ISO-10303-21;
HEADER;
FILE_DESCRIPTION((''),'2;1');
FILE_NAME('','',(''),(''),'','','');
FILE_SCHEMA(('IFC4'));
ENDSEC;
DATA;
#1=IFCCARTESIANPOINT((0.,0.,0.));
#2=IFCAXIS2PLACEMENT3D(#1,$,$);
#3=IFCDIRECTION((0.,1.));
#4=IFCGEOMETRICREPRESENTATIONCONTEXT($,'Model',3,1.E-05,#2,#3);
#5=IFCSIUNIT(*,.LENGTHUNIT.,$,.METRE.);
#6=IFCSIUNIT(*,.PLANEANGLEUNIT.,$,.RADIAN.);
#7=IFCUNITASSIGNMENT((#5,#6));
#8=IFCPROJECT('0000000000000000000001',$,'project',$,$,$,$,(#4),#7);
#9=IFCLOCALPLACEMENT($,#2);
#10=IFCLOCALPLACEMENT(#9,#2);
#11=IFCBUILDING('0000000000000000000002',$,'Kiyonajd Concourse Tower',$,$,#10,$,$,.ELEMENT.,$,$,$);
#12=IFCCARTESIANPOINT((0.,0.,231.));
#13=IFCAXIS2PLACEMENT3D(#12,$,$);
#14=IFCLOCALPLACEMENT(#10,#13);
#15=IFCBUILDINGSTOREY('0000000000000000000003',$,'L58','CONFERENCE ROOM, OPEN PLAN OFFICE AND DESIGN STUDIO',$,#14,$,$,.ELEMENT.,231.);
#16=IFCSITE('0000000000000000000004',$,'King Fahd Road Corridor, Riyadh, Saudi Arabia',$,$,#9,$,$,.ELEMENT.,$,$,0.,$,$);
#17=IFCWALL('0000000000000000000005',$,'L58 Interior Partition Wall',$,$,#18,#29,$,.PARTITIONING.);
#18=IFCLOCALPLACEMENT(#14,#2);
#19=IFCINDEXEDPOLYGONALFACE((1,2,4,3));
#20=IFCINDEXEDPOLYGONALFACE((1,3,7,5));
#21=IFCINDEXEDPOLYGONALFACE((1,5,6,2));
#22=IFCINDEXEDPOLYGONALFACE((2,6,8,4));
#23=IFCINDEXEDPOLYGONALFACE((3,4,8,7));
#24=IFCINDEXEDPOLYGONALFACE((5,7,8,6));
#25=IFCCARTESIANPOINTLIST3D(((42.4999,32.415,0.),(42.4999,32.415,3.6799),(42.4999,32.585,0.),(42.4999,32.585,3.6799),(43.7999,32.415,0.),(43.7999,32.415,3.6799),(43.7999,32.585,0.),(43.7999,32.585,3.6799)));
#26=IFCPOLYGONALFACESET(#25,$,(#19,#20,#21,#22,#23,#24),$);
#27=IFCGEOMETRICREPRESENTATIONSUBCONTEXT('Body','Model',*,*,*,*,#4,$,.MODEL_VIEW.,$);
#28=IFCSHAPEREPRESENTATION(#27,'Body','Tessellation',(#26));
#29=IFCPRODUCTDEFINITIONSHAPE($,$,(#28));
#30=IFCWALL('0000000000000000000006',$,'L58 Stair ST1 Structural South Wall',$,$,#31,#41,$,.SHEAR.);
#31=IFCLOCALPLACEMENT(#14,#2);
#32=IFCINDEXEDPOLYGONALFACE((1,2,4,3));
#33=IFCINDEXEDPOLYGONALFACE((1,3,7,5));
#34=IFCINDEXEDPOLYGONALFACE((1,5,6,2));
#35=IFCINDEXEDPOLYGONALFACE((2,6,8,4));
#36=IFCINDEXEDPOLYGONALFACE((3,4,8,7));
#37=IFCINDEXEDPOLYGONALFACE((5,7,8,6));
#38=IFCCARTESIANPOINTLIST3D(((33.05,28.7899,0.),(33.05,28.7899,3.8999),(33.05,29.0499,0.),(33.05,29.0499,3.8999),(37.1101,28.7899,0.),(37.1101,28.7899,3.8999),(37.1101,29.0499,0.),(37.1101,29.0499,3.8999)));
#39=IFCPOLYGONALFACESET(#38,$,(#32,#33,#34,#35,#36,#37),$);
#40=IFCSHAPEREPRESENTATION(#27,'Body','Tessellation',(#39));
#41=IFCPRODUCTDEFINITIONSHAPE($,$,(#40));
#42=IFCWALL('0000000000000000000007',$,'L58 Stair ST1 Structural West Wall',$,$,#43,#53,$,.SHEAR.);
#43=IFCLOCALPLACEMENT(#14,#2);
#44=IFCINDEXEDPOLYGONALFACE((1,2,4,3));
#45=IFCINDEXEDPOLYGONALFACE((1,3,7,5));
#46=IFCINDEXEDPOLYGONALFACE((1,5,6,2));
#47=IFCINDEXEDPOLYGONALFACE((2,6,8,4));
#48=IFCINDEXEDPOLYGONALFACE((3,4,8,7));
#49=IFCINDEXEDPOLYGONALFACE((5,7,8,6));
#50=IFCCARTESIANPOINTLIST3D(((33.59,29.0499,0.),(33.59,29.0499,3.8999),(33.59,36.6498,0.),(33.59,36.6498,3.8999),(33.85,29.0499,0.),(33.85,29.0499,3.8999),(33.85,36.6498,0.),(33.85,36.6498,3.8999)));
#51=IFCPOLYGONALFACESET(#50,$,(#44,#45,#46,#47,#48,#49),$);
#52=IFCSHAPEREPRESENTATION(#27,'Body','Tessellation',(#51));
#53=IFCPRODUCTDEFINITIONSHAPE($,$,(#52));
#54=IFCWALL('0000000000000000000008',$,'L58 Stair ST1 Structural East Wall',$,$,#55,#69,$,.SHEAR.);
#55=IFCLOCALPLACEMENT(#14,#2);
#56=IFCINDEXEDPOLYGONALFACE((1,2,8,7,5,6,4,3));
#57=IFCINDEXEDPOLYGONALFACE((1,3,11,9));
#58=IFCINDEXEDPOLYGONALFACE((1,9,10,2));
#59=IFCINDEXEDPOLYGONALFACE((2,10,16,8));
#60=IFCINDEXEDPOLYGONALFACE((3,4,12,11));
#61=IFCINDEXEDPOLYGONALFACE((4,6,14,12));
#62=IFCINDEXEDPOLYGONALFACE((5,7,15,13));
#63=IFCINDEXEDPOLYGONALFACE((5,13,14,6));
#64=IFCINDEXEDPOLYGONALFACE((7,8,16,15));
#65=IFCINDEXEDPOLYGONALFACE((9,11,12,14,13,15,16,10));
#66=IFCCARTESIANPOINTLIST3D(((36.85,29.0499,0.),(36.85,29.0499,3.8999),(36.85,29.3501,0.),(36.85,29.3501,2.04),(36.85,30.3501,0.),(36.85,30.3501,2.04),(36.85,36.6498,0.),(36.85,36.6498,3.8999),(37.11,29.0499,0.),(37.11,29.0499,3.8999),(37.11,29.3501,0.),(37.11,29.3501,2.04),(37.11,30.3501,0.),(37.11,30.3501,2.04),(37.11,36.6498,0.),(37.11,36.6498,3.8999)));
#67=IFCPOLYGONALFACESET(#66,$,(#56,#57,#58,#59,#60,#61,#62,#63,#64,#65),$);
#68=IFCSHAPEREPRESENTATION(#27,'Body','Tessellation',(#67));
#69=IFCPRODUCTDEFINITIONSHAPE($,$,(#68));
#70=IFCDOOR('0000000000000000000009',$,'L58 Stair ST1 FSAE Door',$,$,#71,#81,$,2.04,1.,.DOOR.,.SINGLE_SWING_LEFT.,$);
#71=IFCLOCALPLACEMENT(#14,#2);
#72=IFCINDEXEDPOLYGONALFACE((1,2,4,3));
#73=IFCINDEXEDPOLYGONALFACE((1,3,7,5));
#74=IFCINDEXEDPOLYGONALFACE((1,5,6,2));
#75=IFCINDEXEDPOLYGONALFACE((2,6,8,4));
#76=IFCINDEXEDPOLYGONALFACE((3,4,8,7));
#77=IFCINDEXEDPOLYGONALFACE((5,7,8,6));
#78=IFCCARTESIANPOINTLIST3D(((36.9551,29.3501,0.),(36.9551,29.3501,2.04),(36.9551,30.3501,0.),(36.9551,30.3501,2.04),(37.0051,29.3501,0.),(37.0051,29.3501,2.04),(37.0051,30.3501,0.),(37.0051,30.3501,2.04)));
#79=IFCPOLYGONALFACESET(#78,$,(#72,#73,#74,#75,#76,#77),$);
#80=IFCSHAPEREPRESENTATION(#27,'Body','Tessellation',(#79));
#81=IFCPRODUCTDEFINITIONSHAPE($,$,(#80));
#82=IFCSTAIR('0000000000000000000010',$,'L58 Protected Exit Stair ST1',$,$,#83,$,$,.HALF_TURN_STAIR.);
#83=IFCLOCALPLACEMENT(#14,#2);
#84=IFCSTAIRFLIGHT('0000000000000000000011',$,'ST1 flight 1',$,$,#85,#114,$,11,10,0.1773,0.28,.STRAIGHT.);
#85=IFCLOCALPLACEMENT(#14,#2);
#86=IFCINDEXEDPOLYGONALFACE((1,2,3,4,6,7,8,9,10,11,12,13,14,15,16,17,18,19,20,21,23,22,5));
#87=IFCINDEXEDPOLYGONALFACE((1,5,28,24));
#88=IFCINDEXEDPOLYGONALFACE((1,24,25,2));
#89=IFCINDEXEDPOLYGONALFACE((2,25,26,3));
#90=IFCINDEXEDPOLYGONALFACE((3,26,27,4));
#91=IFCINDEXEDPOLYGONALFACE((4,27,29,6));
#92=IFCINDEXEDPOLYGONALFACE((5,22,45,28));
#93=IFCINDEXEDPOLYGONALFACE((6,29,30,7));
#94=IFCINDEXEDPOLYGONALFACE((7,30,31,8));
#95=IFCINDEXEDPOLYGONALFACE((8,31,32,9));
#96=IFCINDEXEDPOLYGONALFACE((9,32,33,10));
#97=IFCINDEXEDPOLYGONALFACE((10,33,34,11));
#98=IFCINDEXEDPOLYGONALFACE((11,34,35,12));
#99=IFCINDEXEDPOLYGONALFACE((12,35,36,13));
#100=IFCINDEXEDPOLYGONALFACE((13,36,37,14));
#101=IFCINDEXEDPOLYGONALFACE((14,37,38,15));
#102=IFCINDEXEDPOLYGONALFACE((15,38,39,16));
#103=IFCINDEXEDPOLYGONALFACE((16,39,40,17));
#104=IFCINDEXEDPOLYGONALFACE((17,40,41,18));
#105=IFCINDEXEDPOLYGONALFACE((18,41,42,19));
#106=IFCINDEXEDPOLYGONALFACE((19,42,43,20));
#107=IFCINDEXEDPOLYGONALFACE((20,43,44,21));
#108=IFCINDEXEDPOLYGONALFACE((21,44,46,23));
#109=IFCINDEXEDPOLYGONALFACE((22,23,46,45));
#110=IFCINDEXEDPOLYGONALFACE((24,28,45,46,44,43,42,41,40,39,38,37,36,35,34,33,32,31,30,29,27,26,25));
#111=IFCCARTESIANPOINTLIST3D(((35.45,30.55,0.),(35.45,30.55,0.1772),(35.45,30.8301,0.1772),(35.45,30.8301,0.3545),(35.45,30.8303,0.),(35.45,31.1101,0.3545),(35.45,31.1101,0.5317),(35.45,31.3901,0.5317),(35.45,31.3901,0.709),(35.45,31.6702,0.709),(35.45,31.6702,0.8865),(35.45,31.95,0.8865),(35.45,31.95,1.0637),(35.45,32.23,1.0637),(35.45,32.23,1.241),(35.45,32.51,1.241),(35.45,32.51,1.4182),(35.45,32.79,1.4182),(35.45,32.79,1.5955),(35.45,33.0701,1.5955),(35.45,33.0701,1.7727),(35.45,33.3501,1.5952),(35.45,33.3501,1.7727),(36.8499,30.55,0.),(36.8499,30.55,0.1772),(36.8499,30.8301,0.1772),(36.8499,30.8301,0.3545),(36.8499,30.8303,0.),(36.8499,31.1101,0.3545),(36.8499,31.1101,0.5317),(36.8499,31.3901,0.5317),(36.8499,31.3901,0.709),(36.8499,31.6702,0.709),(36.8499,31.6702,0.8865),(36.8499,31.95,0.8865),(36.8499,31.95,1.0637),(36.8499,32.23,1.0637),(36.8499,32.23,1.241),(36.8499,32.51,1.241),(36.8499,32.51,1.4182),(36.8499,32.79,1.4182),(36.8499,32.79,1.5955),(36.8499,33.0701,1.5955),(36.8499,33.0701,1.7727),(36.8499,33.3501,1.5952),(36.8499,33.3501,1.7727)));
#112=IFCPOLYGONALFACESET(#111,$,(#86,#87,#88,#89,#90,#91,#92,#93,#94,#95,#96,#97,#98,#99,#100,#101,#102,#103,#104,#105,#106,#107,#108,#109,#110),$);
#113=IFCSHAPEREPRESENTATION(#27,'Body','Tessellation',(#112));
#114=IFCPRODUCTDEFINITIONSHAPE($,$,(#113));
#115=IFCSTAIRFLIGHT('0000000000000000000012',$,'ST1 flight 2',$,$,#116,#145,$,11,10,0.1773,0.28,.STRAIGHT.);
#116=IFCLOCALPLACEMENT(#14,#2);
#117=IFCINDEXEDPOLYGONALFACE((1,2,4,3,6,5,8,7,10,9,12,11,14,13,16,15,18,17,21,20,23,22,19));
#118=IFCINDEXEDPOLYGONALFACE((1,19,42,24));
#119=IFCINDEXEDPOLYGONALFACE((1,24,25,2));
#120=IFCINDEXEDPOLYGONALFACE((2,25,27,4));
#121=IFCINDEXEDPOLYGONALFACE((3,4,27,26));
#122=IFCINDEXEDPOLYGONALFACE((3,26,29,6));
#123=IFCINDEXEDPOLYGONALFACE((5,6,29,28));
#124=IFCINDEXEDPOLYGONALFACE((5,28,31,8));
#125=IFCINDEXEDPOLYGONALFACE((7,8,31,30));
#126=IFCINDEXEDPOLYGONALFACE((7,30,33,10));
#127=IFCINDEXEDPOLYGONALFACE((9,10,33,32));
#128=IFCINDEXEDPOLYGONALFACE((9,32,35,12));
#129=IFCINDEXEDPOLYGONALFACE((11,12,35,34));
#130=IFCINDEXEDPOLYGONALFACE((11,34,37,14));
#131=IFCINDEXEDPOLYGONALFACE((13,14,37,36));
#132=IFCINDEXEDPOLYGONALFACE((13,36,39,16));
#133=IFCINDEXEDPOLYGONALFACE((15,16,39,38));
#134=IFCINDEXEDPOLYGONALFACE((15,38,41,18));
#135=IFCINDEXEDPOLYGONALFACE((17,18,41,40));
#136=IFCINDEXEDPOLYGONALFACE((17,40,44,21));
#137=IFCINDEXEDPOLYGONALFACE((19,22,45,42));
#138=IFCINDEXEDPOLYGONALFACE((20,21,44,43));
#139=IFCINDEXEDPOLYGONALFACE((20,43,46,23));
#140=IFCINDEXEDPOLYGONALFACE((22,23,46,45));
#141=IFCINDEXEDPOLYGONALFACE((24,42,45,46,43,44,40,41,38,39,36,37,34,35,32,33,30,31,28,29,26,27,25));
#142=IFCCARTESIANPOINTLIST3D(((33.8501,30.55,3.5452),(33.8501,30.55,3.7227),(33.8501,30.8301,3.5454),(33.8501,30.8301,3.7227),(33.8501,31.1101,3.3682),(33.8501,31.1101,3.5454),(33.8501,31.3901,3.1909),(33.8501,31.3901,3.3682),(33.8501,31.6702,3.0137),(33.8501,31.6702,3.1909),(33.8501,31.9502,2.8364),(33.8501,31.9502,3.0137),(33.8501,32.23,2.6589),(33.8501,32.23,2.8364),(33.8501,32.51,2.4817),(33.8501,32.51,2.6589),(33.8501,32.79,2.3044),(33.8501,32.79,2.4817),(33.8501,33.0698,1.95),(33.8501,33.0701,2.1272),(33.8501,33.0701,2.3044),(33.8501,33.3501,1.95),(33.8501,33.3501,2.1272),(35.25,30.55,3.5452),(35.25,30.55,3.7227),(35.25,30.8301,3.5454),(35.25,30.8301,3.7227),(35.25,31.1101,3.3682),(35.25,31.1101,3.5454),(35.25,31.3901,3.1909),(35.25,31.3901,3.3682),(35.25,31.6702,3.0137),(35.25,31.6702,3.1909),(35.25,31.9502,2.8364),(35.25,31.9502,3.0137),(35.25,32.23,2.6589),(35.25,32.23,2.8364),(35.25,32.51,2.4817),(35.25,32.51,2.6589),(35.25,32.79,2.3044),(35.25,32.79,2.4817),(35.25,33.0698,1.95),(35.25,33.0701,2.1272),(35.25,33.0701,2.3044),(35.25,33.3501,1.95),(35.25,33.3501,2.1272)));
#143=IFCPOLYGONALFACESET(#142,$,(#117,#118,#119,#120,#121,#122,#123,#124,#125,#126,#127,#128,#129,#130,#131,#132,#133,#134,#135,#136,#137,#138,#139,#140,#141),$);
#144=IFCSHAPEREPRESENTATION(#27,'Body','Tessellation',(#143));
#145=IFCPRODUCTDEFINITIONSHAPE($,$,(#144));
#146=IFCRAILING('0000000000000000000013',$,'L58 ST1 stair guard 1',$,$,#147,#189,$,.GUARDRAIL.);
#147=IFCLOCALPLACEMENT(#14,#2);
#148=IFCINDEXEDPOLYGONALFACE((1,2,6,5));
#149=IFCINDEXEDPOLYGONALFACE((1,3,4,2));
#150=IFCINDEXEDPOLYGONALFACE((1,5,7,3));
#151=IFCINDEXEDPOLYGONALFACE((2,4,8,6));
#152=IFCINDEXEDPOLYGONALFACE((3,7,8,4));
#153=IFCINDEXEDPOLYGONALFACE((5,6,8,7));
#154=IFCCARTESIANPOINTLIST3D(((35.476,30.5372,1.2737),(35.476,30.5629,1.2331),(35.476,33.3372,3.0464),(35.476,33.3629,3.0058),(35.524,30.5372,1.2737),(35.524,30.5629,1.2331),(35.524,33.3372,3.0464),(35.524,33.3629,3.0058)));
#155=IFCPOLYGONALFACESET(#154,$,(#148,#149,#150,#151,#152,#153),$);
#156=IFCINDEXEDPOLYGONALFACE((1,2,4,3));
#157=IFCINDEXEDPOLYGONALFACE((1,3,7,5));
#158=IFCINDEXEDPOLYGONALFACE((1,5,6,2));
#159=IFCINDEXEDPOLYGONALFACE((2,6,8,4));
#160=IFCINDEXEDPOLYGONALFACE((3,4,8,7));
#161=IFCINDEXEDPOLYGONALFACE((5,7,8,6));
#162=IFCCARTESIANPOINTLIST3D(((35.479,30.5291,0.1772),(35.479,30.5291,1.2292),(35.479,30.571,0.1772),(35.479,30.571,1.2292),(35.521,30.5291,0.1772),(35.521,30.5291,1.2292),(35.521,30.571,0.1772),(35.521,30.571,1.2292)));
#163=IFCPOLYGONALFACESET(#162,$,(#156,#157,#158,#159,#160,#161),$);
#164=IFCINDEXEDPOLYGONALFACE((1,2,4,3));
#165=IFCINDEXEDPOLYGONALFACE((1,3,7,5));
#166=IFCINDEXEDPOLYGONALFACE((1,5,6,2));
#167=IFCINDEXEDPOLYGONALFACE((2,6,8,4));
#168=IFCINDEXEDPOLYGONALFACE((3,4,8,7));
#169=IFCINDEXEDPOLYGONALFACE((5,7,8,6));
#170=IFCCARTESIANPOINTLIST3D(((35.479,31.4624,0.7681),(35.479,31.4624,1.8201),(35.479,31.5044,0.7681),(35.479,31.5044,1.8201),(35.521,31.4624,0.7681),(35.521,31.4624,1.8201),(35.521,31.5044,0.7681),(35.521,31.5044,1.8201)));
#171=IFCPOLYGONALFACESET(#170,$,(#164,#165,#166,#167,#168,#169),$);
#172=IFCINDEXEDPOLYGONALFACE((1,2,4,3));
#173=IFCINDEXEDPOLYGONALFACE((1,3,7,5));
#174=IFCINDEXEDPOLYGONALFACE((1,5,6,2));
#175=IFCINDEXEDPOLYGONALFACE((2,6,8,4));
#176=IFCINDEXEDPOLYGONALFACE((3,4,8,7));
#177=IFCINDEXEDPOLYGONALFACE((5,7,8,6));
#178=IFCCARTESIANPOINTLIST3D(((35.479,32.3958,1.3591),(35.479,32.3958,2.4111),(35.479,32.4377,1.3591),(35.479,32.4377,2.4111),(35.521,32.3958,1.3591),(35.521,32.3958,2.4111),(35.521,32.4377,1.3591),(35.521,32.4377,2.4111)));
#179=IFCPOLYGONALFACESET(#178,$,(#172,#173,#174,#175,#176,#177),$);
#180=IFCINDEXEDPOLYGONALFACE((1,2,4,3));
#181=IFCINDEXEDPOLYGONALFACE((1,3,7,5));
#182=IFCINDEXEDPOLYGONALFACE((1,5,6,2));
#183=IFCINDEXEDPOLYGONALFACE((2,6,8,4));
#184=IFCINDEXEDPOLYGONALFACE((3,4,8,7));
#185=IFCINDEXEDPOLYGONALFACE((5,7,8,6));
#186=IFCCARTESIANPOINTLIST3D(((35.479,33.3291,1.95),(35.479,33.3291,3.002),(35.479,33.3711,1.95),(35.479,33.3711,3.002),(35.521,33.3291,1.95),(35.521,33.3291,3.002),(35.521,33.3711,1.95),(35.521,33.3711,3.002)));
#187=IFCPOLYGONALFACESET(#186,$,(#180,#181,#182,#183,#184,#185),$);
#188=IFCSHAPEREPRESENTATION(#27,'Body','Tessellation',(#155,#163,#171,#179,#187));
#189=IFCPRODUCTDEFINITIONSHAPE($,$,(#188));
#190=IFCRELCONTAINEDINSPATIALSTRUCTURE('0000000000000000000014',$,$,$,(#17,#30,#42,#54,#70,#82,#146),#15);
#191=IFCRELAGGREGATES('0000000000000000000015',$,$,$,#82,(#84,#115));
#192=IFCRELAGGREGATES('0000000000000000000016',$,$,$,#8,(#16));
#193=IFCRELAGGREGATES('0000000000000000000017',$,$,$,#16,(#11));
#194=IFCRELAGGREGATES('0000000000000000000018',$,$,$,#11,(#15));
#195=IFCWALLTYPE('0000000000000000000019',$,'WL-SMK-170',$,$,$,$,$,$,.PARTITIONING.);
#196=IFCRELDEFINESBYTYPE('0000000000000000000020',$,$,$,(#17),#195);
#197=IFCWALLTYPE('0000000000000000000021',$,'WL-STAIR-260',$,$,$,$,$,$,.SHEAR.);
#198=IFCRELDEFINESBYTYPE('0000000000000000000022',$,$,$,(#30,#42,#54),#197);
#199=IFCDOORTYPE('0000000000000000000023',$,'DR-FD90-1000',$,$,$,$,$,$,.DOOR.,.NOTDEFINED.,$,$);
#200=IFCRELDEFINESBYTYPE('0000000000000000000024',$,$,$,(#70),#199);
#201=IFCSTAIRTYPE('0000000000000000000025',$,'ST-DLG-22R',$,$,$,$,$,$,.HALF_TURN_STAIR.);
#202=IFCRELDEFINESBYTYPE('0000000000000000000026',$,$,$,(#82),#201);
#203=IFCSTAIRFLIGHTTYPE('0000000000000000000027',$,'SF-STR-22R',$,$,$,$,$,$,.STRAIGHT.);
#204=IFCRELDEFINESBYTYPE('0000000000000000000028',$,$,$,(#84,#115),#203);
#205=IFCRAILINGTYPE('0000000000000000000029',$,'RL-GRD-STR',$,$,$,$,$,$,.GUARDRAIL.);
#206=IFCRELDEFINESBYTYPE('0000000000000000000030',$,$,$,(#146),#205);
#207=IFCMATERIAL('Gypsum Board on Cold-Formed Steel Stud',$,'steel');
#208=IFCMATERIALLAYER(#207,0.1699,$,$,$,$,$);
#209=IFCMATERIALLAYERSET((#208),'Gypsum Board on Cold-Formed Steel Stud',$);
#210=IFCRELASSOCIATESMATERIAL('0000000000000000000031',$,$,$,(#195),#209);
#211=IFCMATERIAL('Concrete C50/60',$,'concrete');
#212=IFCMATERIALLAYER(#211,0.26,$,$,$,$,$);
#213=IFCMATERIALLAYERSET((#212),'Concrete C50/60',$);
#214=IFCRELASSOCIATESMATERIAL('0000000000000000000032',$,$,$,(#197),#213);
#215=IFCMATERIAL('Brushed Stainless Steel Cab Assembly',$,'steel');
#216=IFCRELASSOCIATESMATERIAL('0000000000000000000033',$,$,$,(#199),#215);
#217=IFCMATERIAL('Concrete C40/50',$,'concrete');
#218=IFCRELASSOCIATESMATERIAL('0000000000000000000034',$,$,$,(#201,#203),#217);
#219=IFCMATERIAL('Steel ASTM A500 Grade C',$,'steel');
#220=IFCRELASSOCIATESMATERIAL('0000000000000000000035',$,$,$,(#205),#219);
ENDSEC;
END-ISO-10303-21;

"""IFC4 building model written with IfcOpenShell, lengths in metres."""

from ifc_helpers import new_model, si_unit, direction, frame, frame_2d, origin, origin_2d, place, context, subcontext, project, spatial, polyline, rectangle, outline, extrude, material, layer, layer_set, type_object, element, fill, aggregate, save


model = new_model("IFC4")

# Units and contexts
model_context = context("Model", 3, precision=1e-05, world=origin(), true_north=direction((0.0, 1.0)))
body_context = subcontext(model_context, "Body", "Model", "MODEL_VIEW")
ifc_project = project(units=[si_unit("LENGTHUNIT", "METRE"), si_unit("PLANEANGLEUNIT", "RADIAN")], contexts=[model_context])

# Site, building, storey
site_placement = place(None, origin())
site = spatial("IfcSite", under=ifc_project, at=site_placement, Name="King Fahd Road Corridor, Riyadh, Saudi Arabia", CompositionType="ELEMENT", RefElevation=0.0)
building_placement = place(site_placement, origin())
building = spatial("IfcBuilding", under=site, at=building_placement, Name="Kiyonajd Concourse Tower", CompositionType="ELEMENT")
storey_placement = place(building_placement, frame((0.0, 0.0, 231.0)))
storey = spatial("IfcBuildingStorey", under=building, at=storey_placement, Name="L58", Description="CONFERENCE ROOM, OPEN PLAN OFFICE AND DESIGN STUDIO", CompositionType="ELEMENT", Elevation=231.0)

# Shared definitions
ifc_material_1 = material(Name="Concrete C50/60", Category="concrete")

# Shared definitions
ifc_material_2 = material(Name="Gypsum Board on Cold-Formed Steel Stud", Category="steel")

# Shared definitions
ifc_material_3 = material(Name="Brushed Stainless Steel Cab Assembly", Category="steel")

# Walls
ifc_layer_1 = layer(ifc_material_2, 0.1699)
ifc_layer_set_1 = layer_set([ifc_layer_1], Name="Gypsum Board on Cold-Formed Steel Stud")
wall_type_1 = type_object("IfcWallType", Name="WL-SMK-170", PredefinedType="PARTITIONING", material=ifc_layer_set_1)
wall_1_placement = place(storey_placement, frame((42.5, 32.5, 0.0), z_axis=(0.0, 0.0, 1.0), x_axis=(1.0, 0.0, 0.0)))
element("IfcWall", 1, at=wall_1_placement, inside=storey, type_object=wall_type_1, Name="L58 Interior Partition Wall", PredefinedType="PARTITIONING", context=body_context, shape_type="SweptSolid", body=[
    extrude(rectangle(XDim=1.3, YDim=0.1699, at=frame_2d((0.6499, 0.0))), origin(), (0.0, 0.0, 1.0), 3.6799),
])
ifc_layer_2 = layer(ifc_material_1, 0.26)
ifc_layer_set_2 = layer_set([ifc_layer_2], Name="Concrete C50/60")
wall_type_2 = type_object("IfcWallType", Name="WL-STAIR-260", PredefinedType="SHEAR", material=ifc_layer_set_2)
wall_2_placement = place(storey_placement, frame((33.05, 28.9199, 0.0), z_axis=(0.0, 0.0, 1.0), x_axis=(1.0, 0.0, 0.0)))
element("IfcWall", 2, at=wall_2_placement, inside=storey, type_object=wall_type_2, Name="L58 Stair ST1 Structural South Wall", PredefinedType="SHEAR", context=body_context, shape_type="SweptSolid", body=[
    extrude(rectangle(XDim=4.0601, YDim=0.26, at=frame_2d((2.03, 0.0))), origin(), (0.0, 0.0, 1.0), 3.8999),
])
wall_3_placement = place(storey_placement, frame((33.72, 29.05, 0.0), z_axis=(0.0, 0.0, 1.0), x_axis=(0.0, 1.0, 0.0)))
element("IfcWall", 3, at=wall_3_placement, inside=storey, type_object=wall_type_2, Name="L58 Stair ST1 Structural West Wall", PredefinedType="SHEAR", context=body_context, shape_type="SweptSolid", body=[
    extrude(rectangle(XDim=7.5999, YDim=0.26, at=frame_2d((3.7998, 0.0))), origin(), (0.0, 0.0, 1.0), 3.8999),
])

# Wall, opening, door
wall_4_placement = place(storey_placement, frame((36.98, 29.05, 0.0), z_axis=(0.0, 0.0, 1.0), x_axis=(0.0, 1.0, 0.0)))
wall_4 = element("IfcWall", 4, at=wall_4_placement, inside=storey, type_object=wall_type_2, Name="L58 Stair ST1 Structural East Wall", PredefinedType="SHEAR", context=body_context, shape_type="SweptSolid", body=[
    extrude(rectangle(XDim=7.5999, YDim=0.26, at=frame_2d((3.7998, 0.0))), origin(), (0.0, 0.0, 1.0), 3.8999),
])
opening_1_placement = place(wall_4_placement, frame((0.3, 0.0, 0.0)))
opening_1 = element("IfcOpeningElement", 5, at=opening_1_placement, cuts=wall_4, PredefinedType="OPENING", context=body_context, shape_type="SweptSolid", body=[
    extrude(rectangle(XDim=1.0, YDim=2.04, at=frame_2d((0.5, 1.02))), frame((0.0, 0.1399, 0.0), z_axis=(0.0, -1.0, 0.0), x_axis=(1.0, 0.0, 0.0)), (0.0, 0.0, 1.0), 0.28),
])
door_type_1 = type_object("IfcDoorType", Name="DR-FD90-1000", OperationType="NOTDEFINED", PredefinedType="DOOR", material=ifc_material_3)
door_1_placement = place(opening_1_placement, origin())
door_1 = element("IfcDoor", 6, at=door_1_placement, inside=storey, type_object=door_type_1, Name="L58 Stair ST1 FSAE Door", OperationType="SINGLE_SWING_LEFT", OverallHeight=2.04, OverallWidth=1.0, PredefinedType="DOOR", context=body_context, shape_type="SweptSolid", body=[
    extrude(rectangle(XDim=1.0, YDim=2.04, at=frame_2d((0.5, 1.02))), frame((0.0, 0.0249, 0.0), z_axis=(0.0, -1.0, 0.0), x_axis=(1.0, 0.0, 0.0)), (0.0, 0.0, 1.0), 0.05),
])
fill(opening_1, door_1)

# Stair, stair flights
ifc_material_4 = material(Name="Concrete C40/50", Category="concrete")
stair_type = type_object("IfcStairType", Name="ST-DLG-22R", PredefinedType="HALF_TURN_STAIR", material=ifc_material_4)
stair_placement = place(storey_placement, origin())
stair = element("IfcStair", 7, at=stair_placement, inside=storey, type_object=stair_type, Name="L58 Protected Exit Stair ST1", PredefinedType="HALF_TURN_STAIR")
stair_flight_type = type_object("IfcStairFlightType", Name="SF-STR-22R", PredefinedType="STRAIGHT", material=ifc_material_4)
stair_flight_1_placement = place(storey_placement, frame((36.1499, 30.55, 0.0), z_axis=(0.0, 0.0, 1.0), x_axis=(0.0, 1.0, 0.0)))
stair_flight_1 = element("IfcStairFlight", 8, at=stair_flight_1_placement, type_object=stair_flight_type, Name="ST1 flight 1", NumberOfRisers=11, NumberOfTreads=10, PredefinedType="STRAIGHT", RiserHeight=0.1773, TreadLength=0.28, context=body_context, shape_type="SweptSolid", body=[
    extrude(outline(polyline([(0.0, 0.0), (0.0, 0.1772), (0.28, 0.1772), (0.28, 0.3545), (0.5601, 0.3545), (0.5601, 0.5317), (0.8401, 0.5317), (0.8401, 0.709), (1.1201, 0.709), (1.1201, 0.8865), (1.3999, 0.8865), (1.3999, 1.0637), (1.6799, 1.0637), (1.6799, 1.241), (1.96, 1.241), (1.96, 1.4182), (2.24, 1.4182), (2.24, 1.5955), (2.52, 1.5955), (2.52, 1.7727), (2.8, 1.7727), (2.8, 1.95), (2.8, 1.5952), (0.2803, 0.0), (0.0, 0.0)])), frame((0.0, 0.7, 0.0), z_axis=(0.0, -1.0, 0.0), x_axis=(1.0, 0.0, 0.0)), (0.0, 0.0, 1.0), 1.3999),
])
stair_flight_2_placement = place(storey_placement, frame((34.55, 33.3501, 1.95), z_axis=(0.0, 0.0, 1.0), x_axis=(0.0, -1.0, 0.0)))
stair_flight_2 = element("IfcStairFlight", 9, at=stair_flight_2_placement, type_object=stair_flight_type, Name="ST1 flight 2", NumberOfRisers=11, NumberOfTreads=10, PredefinedType="STRAIGHT", RiserHeight=0.1773, TreadLength=0.28, context=body_context, shape_type="SweptSolid", body=[
    extrude(outline(polyline([(0.0, 0.0), (0.0, 0.1772), (0.28, 0.1772), (0.28, 0.3545), (0.5601, 0.3545), (0.5601, 0.5317), (0.8401, 0.5317), (0.8401, 0.709), (1.1201, 0.709), (1.1201, 0.8865), (1.3999, 0.8865), (1.3999, 1.0637), (1.6799, 1.0637), (1.6799, 1.241), (1.96, 1.241), (1.96, 1.4182), (2.24, 1.4182), (2.24, 1.5955), (2.52, 1.5955), (2.52, 1.7727), (2.8, 1.7727), (2.8, 1.95), (2.8, 1.5952), (0.2803, 0.0), (0.0, 0.0)])), frame((0.0, 0.7, 0.0), z_axis=(0.0, -1.0, 0.0), x_axis=(1.0, 0.0, 0.0)), (0.0, 0.0, 1.0), 1.3999),
])
aggregate(stair, [stair_flight_1, stair_flight_2])

# Railing
ifc_material_5 = material(Name="Steel ASTM A500 Grade C", Category="steel")
railing_type_1 = type_object("IfcRailingType", Name="RL-GRD-STR", PredefinedType="GUARDRAIL", material=ifc_material_5)
railing_1_placement = place(storey_placement, frame((35.5, 30.55, 0.1772)))
element("IfcRailing", 10, at=railing_1_placement, inside=storey, type_object=railing_type_1, Name="L58 ST1 stair guard 1", PredefinedType="GUARDRAIL", context=body_context, shape_type="SweptSolid", body=[
    extrude(rectangle(XDim=0.0481, YDim=0.0481, at=origin_2d()), frame((0.0, 0.0, 1.0762), z_axis=(0.0, 0.844909, 0.53491), x_axis=(-1.0, 0.0, 0.0)), (0.0, 0.0, 1.0), 3.314),
    extrude(rectangle(XDim=0.042, YDim=0.042, at=origin_2d()), origin(), (0.0, 0.0, 1.0), 1.052),
    extrude(rectangle(XDim=0.042, YDim=0.042, at=origin_2d()), frame((0.0, 0.9333, 0.5908)), (0.0, 0.0, 1.0), 1.052),
    extrude(rectangle(XDim=0.042, YDim=0.042, at=origin_2d()), frame((0.0, 1.8667, 1.1819)), (0.0, 0.0, 1.0), 1.052),
    extrude(rectangle(XDim=0.042, YDim=0.042, at=origin_2d()), frame((0.0, 2.8, 1.7727)), (0.0, 0.0, 1.0), 1.052),
])

save(model, "model.ifc")
